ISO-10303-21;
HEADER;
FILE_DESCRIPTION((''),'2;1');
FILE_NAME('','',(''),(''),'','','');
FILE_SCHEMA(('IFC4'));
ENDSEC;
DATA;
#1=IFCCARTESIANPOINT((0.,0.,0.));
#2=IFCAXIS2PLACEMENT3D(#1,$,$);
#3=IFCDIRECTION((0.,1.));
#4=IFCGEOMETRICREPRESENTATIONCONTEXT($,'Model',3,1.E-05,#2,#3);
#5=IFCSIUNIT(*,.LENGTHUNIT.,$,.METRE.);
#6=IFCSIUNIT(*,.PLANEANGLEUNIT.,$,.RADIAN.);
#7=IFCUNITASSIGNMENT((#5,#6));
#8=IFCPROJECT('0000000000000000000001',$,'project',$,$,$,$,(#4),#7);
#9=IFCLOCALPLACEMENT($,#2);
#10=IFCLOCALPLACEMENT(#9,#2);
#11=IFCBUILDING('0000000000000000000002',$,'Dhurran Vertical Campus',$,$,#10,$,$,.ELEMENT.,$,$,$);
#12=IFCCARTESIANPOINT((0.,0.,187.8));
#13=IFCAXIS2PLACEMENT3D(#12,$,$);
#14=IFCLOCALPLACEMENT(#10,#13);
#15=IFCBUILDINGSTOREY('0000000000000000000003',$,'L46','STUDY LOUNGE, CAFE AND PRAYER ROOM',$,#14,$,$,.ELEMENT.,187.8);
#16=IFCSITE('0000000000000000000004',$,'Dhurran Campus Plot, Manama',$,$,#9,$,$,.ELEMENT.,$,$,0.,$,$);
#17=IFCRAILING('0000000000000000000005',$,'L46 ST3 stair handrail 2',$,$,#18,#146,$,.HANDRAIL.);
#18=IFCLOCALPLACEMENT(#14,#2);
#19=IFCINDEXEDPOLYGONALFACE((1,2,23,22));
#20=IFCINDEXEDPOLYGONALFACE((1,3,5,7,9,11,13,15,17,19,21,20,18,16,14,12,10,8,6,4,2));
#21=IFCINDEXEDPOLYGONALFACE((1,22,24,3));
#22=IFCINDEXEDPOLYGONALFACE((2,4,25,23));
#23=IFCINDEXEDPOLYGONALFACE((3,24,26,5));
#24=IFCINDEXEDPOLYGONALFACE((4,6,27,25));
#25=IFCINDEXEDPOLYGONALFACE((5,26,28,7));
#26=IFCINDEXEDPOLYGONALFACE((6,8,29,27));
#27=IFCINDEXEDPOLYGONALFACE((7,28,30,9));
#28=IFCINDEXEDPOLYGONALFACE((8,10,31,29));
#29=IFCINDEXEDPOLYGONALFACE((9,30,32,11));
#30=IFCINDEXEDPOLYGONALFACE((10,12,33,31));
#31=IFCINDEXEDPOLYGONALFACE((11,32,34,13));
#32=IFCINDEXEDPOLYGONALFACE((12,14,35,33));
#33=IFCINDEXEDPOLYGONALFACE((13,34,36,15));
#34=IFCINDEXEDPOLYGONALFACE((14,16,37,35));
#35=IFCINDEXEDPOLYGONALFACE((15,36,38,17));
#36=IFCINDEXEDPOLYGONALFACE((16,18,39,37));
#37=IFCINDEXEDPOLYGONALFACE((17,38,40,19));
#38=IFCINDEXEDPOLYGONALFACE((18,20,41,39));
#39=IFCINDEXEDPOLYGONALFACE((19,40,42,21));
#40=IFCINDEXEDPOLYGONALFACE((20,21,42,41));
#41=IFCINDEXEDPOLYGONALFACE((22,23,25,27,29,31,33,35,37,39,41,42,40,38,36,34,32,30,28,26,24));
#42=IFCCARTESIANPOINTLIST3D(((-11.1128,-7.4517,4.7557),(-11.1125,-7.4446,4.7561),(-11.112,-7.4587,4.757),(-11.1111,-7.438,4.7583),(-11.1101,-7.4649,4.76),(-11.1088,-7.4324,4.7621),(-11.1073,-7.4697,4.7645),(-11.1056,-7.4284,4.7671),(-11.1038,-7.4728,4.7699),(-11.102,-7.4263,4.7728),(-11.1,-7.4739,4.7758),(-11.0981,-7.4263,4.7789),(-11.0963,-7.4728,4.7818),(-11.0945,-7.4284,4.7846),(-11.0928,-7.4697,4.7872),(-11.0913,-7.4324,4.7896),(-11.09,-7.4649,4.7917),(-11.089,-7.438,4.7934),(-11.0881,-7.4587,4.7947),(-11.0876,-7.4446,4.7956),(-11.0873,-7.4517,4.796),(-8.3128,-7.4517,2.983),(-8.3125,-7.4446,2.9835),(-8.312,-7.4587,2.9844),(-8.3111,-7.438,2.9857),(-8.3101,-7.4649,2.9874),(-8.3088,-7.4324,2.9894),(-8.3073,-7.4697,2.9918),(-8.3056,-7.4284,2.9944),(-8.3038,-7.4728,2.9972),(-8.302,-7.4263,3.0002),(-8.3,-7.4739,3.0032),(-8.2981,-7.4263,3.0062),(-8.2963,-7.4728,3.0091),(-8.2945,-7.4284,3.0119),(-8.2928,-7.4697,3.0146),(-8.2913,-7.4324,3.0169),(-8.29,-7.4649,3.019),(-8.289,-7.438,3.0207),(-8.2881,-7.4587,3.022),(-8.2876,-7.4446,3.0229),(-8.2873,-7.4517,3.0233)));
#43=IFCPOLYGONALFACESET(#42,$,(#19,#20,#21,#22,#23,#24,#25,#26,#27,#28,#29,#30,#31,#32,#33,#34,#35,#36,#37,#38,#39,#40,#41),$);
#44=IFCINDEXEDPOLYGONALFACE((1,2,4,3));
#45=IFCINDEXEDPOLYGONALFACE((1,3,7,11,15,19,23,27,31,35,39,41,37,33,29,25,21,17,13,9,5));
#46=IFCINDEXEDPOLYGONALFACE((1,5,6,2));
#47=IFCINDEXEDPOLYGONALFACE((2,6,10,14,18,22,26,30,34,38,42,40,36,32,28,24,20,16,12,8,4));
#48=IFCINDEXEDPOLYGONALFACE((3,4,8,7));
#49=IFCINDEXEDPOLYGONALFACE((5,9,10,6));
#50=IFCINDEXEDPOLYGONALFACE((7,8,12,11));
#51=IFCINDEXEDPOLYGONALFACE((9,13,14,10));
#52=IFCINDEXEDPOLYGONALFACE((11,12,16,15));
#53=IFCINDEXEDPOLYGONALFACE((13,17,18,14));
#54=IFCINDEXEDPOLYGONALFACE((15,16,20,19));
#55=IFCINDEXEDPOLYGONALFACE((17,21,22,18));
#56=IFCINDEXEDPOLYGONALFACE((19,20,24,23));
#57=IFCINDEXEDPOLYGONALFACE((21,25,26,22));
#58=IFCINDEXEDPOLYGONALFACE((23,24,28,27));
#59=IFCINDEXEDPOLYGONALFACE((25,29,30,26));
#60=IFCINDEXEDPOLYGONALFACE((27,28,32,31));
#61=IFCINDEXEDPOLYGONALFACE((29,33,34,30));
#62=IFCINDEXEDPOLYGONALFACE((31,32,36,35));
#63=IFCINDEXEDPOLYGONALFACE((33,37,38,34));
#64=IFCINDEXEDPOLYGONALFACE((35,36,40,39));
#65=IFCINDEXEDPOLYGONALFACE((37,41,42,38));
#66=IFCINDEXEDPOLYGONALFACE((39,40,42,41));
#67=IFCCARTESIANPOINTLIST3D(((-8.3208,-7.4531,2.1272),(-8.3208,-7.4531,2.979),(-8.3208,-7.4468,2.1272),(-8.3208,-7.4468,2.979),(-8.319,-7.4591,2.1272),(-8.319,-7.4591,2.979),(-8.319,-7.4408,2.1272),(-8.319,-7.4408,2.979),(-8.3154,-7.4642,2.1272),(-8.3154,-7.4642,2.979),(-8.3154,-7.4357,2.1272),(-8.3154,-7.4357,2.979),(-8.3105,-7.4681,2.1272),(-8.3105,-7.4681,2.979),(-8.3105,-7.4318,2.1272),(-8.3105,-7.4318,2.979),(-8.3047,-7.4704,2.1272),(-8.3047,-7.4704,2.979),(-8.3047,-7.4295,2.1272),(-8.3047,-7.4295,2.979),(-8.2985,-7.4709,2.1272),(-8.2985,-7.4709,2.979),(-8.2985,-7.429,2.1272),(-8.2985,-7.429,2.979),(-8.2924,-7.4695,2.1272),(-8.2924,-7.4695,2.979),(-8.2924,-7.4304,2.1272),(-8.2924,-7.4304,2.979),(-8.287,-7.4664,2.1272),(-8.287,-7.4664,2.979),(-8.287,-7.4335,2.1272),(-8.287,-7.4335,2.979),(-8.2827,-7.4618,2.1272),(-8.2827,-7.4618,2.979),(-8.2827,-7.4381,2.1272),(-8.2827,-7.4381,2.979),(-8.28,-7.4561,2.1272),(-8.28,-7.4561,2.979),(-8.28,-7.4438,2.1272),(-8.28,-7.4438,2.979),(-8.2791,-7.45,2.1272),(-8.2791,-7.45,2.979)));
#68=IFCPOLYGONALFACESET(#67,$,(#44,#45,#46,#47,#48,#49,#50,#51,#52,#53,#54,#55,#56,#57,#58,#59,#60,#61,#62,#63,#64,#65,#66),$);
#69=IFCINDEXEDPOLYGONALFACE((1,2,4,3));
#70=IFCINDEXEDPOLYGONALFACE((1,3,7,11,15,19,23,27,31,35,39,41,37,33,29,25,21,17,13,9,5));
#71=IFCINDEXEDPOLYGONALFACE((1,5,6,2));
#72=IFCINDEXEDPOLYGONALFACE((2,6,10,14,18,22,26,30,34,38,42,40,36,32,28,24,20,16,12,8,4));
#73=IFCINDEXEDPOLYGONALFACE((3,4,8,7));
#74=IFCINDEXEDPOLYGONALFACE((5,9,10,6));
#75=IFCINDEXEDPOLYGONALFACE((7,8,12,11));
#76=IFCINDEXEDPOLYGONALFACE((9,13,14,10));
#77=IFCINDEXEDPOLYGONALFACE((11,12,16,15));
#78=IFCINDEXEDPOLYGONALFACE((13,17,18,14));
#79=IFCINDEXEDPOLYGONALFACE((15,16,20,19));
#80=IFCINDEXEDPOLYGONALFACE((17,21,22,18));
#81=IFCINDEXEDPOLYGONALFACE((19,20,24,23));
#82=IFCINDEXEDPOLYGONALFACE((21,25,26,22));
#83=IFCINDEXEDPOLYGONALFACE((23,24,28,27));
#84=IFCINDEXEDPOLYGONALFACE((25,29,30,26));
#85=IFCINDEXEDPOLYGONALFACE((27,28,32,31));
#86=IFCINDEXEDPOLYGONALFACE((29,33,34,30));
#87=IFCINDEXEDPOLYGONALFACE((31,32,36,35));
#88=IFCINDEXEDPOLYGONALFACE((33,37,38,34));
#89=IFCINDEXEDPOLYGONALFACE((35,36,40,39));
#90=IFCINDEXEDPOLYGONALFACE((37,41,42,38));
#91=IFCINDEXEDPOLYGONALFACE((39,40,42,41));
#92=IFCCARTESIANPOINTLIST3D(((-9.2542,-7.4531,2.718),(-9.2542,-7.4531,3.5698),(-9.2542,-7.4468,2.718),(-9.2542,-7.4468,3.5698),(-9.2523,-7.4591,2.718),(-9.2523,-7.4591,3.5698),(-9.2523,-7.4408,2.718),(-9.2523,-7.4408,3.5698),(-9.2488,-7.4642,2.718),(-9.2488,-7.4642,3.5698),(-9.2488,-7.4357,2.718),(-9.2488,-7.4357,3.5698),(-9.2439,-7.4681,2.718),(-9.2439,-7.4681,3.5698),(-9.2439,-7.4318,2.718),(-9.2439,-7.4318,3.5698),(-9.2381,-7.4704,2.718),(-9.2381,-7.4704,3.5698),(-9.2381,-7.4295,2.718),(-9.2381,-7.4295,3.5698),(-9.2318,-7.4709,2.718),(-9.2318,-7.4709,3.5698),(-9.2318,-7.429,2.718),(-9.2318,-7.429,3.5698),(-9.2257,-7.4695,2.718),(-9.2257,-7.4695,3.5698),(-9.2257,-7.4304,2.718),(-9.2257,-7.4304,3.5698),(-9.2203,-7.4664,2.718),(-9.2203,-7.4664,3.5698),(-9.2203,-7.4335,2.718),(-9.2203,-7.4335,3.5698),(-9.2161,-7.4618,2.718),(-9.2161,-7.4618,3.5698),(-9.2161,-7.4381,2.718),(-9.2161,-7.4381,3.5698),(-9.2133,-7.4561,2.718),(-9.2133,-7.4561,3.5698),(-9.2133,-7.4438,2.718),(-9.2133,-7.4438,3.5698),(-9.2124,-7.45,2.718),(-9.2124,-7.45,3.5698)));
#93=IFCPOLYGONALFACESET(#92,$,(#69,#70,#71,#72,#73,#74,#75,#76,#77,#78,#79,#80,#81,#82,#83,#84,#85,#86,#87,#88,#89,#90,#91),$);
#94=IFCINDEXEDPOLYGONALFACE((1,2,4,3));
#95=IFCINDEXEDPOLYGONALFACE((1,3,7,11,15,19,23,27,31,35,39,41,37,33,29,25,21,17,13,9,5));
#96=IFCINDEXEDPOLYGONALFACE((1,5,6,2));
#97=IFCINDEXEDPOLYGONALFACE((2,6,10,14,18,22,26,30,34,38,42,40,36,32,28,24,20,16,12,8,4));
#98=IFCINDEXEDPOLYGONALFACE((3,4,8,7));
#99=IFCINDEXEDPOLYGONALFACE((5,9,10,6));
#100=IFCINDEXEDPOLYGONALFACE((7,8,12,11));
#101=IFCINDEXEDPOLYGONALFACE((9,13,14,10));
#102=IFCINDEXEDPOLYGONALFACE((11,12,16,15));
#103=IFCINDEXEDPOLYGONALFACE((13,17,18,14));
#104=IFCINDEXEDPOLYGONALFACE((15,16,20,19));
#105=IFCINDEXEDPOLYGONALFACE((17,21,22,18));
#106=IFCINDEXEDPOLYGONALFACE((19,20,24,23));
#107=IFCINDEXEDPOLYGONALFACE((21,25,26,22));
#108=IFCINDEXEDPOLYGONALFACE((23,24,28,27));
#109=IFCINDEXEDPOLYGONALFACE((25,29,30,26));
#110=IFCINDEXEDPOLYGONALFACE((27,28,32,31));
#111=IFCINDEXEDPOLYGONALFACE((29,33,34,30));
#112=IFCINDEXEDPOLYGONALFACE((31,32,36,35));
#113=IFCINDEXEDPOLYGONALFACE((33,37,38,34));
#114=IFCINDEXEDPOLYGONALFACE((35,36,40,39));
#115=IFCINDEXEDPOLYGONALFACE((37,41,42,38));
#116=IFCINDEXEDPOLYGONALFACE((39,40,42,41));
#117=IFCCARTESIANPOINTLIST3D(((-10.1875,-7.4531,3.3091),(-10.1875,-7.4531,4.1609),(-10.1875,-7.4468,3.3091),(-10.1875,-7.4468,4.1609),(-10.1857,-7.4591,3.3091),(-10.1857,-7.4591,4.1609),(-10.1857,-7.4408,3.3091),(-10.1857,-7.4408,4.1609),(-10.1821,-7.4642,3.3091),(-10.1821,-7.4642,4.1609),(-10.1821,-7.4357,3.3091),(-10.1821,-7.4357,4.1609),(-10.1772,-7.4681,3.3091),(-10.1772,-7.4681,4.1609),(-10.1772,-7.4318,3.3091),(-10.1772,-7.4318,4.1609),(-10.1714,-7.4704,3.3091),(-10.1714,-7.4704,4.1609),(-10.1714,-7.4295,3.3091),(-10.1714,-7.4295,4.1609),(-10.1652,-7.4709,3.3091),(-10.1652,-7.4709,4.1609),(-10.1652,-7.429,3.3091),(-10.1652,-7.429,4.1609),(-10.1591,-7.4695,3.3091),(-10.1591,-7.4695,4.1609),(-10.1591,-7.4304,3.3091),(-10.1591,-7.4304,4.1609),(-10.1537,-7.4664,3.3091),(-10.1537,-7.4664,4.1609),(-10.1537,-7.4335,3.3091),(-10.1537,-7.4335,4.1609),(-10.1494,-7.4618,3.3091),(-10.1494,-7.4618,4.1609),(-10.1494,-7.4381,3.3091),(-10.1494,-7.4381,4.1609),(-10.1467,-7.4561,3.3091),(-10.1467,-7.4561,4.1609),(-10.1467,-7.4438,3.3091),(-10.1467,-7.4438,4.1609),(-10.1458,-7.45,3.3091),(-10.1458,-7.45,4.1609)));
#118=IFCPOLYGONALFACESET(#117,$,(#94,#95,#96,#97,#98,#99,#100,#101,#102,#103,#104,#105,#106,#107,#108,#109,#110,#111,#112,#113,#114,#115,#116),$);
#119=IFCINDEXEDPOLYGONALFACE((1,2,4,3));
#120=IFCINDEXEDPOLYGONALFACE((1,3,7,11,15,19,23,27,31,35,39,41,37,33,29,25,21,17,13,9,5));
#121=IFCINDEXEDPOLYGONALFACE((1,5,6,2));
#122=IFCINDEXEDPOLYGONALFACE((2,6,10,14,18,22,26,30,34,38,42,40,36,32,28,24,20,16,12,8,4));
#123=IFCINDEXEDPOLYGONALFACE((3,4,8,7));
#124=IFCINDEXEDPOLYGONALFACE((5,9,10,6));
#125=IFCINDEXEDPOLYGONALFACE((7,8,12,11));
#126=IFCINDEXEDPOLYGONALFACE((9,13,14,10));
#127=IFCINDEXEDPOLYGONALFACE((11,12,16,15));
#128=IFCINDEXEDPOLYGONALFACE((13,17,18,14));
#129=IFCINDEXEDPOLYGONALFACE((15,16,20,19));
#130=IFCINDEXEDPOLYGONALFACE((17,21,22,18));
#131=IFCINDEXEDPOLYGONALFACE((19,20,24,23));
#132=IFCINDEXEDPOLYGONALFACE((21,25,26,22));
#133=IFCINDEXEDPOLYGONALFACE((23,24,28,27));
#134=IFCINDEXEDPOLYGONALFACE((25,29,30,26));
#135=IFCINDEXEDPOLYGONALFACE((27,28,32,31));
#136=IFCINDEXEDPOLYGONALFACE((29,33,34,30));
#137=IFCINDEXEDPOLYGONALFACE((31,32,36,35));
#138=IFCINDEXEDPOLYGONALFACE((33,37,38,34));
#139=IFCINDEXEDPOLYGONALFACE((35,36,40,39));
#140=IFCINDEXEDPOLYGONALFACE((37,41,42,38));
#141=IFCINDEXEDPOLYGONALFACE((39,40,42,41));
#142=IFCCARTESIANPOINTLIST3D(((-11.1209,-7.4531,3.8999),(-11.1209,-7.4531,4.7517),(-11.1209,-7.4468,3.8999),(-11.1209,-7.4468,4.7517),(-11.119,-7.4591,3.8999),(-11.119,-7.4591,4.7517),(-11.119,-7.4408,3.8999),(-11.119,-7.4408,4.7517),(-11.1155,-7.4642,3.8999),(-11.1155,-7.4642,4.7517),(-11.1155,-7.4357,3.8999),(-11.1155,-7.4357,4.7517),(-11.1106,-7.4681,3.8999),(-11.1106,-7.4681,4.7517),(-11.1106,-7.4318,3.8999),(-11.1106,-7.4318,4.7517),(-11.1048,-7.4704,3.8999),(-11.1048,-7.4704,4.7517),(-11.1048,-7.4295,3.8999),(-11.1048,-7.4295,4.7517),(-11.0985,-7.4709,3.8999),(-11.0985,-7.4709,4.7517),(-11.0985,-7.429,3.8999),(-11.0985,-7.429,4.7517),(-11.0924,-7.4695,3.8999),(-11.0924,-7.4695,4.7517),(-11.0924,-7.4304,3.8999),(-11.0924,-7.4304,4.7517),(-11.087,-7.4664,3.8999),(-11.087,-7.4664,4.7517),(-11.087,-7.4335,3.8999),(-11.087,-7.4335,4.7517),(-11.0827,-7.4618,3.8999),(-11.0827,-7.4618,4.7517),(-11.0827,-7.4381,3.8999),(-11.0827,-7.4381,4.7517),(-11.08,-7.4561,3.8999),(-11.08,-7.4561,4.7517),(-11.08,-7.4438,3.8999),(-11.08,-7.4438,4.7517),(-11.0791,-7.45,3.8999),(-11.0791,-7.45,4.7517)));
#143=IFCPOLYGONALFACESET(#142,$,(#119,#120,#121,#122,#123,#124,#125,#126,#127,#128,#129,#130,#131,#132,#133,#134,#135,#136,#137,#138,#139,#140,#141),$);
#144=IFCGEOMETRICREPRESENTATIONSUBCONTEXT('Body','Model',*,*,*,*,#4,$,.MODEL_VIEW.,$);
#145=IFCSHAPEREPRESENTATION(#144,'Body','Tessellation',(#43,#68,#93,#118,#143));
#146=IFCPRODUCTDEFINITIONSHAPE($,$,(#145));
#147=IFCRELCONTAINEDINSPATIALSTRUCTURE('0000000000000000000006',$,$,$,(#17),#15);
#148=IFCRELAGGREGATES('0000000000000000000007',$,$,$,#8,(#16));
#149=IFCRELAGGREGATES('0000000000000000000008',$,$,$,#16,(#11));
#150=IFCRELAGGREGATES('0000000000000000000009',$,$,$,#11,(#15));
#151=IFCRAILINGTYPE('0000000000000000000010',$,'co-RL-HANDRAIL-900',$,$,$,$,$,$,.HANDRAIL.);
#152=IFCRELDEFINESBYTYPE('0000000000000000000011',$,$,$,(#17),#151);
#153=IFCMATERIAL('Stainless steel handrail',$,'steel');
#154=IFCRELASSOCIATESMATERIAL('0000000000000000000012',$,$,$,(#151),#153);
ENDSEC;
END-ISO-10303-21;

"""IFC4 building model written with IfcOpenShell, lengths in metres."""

from ifc_helpers import new_model, si_unit, direction, frame, origin, origin_2d, place, context, subcontext, project, spatial, circle, extrude, material, type_object, element, save


model = new_model("IFC4")

# Units and contexts
model_context = context("Model", 3, precision=1e-05, world=origin(), true_north=direction((0.0, 1.0)))
body_context = subcontext(model_context, "Body", "Model", "MODEL_VIEW")
ifc_project = project(units=[si_unit("LENGTHUNIT", "METRE"), si_unit("PLANEANGLEUNIT", "RADIAN")], contexts=[model_context])

# Site, building, storey
site_placement = place(None, origin())
site = spatial("IfcSite", under=ifc_project, at=site_placement, Name="Dhurran Campus Plot, Manama", CompositionType="ELEMENT", RefElevation=0.0)
building_placement = place(site_placement, origin())
building = spatial("IfcBuilding", under=site, at=building_placement, Name="Dhurran Vertical Campus", CompositionType="ELEMENT")
storey_placement = place(building_placement, frame((0.0, 0.0, 187.8)))
storey = spatial("IfcBuildingStorey", under=building, at=storey_placement, Name="L46", Description="STUDY LOUNGE, CAFE AND PRAYER ROOM", CompositionType="ELEMENT", Elevation=187.8)

# Railing
ifc_material_1 = material(Name="Stainless steel handrail", Category="steel")
railing_type_1 = type_object("IfcRailingType", Name="co-RL-HANDRAIL-900", PredefinedType="HANDRAIL", material=ifc_material_1)
railing_1_placement = place(storey_placement, frame((-8.3, -7.45, 2.1272)))
element("IfcRailing", 1, at=railing_1_placement, inside=storey, type_object=railing_type_1, Name="L46 ST3 stair handrail 2", PredefinedType="HANDRAIL", context=body_context, shape_type="SweptSolid", body=[
    extrude(circle(Radius=0.0239, at=origin_2d()), frame((0.0, 0.0, 0.876), z_axis=(-0.844909, 0.0, 0.53491), x_axis=(0.0, -1.0, 0.0)), (0.0, 0.0, 1.0), 3.314),
    extrude(circle(Radius=0.021, at=origin_2d()), origin(), (0.0, 0.0, 1.0), 0.8518),
    extrude(circle(Radius=0.021, at=origin_2d()), frame((-0.9333, 0.0, 0.5908)), (0.0, 0.0, 1.0), 0.8518),
    extrude(circle(Radius=0.021, at=origin_2d()), frame((-1.8667, 0.0, 1.1819)), (0.0, 0.0, 1.0), 0.8518),
    extrude(circle(Radius=0.021, at=origin_2d()), frame((-2.8, 0.0, 1.7727)), (0.0, 0.0, 1.0), 0.8518),
])

save(model, "model.ifc")
